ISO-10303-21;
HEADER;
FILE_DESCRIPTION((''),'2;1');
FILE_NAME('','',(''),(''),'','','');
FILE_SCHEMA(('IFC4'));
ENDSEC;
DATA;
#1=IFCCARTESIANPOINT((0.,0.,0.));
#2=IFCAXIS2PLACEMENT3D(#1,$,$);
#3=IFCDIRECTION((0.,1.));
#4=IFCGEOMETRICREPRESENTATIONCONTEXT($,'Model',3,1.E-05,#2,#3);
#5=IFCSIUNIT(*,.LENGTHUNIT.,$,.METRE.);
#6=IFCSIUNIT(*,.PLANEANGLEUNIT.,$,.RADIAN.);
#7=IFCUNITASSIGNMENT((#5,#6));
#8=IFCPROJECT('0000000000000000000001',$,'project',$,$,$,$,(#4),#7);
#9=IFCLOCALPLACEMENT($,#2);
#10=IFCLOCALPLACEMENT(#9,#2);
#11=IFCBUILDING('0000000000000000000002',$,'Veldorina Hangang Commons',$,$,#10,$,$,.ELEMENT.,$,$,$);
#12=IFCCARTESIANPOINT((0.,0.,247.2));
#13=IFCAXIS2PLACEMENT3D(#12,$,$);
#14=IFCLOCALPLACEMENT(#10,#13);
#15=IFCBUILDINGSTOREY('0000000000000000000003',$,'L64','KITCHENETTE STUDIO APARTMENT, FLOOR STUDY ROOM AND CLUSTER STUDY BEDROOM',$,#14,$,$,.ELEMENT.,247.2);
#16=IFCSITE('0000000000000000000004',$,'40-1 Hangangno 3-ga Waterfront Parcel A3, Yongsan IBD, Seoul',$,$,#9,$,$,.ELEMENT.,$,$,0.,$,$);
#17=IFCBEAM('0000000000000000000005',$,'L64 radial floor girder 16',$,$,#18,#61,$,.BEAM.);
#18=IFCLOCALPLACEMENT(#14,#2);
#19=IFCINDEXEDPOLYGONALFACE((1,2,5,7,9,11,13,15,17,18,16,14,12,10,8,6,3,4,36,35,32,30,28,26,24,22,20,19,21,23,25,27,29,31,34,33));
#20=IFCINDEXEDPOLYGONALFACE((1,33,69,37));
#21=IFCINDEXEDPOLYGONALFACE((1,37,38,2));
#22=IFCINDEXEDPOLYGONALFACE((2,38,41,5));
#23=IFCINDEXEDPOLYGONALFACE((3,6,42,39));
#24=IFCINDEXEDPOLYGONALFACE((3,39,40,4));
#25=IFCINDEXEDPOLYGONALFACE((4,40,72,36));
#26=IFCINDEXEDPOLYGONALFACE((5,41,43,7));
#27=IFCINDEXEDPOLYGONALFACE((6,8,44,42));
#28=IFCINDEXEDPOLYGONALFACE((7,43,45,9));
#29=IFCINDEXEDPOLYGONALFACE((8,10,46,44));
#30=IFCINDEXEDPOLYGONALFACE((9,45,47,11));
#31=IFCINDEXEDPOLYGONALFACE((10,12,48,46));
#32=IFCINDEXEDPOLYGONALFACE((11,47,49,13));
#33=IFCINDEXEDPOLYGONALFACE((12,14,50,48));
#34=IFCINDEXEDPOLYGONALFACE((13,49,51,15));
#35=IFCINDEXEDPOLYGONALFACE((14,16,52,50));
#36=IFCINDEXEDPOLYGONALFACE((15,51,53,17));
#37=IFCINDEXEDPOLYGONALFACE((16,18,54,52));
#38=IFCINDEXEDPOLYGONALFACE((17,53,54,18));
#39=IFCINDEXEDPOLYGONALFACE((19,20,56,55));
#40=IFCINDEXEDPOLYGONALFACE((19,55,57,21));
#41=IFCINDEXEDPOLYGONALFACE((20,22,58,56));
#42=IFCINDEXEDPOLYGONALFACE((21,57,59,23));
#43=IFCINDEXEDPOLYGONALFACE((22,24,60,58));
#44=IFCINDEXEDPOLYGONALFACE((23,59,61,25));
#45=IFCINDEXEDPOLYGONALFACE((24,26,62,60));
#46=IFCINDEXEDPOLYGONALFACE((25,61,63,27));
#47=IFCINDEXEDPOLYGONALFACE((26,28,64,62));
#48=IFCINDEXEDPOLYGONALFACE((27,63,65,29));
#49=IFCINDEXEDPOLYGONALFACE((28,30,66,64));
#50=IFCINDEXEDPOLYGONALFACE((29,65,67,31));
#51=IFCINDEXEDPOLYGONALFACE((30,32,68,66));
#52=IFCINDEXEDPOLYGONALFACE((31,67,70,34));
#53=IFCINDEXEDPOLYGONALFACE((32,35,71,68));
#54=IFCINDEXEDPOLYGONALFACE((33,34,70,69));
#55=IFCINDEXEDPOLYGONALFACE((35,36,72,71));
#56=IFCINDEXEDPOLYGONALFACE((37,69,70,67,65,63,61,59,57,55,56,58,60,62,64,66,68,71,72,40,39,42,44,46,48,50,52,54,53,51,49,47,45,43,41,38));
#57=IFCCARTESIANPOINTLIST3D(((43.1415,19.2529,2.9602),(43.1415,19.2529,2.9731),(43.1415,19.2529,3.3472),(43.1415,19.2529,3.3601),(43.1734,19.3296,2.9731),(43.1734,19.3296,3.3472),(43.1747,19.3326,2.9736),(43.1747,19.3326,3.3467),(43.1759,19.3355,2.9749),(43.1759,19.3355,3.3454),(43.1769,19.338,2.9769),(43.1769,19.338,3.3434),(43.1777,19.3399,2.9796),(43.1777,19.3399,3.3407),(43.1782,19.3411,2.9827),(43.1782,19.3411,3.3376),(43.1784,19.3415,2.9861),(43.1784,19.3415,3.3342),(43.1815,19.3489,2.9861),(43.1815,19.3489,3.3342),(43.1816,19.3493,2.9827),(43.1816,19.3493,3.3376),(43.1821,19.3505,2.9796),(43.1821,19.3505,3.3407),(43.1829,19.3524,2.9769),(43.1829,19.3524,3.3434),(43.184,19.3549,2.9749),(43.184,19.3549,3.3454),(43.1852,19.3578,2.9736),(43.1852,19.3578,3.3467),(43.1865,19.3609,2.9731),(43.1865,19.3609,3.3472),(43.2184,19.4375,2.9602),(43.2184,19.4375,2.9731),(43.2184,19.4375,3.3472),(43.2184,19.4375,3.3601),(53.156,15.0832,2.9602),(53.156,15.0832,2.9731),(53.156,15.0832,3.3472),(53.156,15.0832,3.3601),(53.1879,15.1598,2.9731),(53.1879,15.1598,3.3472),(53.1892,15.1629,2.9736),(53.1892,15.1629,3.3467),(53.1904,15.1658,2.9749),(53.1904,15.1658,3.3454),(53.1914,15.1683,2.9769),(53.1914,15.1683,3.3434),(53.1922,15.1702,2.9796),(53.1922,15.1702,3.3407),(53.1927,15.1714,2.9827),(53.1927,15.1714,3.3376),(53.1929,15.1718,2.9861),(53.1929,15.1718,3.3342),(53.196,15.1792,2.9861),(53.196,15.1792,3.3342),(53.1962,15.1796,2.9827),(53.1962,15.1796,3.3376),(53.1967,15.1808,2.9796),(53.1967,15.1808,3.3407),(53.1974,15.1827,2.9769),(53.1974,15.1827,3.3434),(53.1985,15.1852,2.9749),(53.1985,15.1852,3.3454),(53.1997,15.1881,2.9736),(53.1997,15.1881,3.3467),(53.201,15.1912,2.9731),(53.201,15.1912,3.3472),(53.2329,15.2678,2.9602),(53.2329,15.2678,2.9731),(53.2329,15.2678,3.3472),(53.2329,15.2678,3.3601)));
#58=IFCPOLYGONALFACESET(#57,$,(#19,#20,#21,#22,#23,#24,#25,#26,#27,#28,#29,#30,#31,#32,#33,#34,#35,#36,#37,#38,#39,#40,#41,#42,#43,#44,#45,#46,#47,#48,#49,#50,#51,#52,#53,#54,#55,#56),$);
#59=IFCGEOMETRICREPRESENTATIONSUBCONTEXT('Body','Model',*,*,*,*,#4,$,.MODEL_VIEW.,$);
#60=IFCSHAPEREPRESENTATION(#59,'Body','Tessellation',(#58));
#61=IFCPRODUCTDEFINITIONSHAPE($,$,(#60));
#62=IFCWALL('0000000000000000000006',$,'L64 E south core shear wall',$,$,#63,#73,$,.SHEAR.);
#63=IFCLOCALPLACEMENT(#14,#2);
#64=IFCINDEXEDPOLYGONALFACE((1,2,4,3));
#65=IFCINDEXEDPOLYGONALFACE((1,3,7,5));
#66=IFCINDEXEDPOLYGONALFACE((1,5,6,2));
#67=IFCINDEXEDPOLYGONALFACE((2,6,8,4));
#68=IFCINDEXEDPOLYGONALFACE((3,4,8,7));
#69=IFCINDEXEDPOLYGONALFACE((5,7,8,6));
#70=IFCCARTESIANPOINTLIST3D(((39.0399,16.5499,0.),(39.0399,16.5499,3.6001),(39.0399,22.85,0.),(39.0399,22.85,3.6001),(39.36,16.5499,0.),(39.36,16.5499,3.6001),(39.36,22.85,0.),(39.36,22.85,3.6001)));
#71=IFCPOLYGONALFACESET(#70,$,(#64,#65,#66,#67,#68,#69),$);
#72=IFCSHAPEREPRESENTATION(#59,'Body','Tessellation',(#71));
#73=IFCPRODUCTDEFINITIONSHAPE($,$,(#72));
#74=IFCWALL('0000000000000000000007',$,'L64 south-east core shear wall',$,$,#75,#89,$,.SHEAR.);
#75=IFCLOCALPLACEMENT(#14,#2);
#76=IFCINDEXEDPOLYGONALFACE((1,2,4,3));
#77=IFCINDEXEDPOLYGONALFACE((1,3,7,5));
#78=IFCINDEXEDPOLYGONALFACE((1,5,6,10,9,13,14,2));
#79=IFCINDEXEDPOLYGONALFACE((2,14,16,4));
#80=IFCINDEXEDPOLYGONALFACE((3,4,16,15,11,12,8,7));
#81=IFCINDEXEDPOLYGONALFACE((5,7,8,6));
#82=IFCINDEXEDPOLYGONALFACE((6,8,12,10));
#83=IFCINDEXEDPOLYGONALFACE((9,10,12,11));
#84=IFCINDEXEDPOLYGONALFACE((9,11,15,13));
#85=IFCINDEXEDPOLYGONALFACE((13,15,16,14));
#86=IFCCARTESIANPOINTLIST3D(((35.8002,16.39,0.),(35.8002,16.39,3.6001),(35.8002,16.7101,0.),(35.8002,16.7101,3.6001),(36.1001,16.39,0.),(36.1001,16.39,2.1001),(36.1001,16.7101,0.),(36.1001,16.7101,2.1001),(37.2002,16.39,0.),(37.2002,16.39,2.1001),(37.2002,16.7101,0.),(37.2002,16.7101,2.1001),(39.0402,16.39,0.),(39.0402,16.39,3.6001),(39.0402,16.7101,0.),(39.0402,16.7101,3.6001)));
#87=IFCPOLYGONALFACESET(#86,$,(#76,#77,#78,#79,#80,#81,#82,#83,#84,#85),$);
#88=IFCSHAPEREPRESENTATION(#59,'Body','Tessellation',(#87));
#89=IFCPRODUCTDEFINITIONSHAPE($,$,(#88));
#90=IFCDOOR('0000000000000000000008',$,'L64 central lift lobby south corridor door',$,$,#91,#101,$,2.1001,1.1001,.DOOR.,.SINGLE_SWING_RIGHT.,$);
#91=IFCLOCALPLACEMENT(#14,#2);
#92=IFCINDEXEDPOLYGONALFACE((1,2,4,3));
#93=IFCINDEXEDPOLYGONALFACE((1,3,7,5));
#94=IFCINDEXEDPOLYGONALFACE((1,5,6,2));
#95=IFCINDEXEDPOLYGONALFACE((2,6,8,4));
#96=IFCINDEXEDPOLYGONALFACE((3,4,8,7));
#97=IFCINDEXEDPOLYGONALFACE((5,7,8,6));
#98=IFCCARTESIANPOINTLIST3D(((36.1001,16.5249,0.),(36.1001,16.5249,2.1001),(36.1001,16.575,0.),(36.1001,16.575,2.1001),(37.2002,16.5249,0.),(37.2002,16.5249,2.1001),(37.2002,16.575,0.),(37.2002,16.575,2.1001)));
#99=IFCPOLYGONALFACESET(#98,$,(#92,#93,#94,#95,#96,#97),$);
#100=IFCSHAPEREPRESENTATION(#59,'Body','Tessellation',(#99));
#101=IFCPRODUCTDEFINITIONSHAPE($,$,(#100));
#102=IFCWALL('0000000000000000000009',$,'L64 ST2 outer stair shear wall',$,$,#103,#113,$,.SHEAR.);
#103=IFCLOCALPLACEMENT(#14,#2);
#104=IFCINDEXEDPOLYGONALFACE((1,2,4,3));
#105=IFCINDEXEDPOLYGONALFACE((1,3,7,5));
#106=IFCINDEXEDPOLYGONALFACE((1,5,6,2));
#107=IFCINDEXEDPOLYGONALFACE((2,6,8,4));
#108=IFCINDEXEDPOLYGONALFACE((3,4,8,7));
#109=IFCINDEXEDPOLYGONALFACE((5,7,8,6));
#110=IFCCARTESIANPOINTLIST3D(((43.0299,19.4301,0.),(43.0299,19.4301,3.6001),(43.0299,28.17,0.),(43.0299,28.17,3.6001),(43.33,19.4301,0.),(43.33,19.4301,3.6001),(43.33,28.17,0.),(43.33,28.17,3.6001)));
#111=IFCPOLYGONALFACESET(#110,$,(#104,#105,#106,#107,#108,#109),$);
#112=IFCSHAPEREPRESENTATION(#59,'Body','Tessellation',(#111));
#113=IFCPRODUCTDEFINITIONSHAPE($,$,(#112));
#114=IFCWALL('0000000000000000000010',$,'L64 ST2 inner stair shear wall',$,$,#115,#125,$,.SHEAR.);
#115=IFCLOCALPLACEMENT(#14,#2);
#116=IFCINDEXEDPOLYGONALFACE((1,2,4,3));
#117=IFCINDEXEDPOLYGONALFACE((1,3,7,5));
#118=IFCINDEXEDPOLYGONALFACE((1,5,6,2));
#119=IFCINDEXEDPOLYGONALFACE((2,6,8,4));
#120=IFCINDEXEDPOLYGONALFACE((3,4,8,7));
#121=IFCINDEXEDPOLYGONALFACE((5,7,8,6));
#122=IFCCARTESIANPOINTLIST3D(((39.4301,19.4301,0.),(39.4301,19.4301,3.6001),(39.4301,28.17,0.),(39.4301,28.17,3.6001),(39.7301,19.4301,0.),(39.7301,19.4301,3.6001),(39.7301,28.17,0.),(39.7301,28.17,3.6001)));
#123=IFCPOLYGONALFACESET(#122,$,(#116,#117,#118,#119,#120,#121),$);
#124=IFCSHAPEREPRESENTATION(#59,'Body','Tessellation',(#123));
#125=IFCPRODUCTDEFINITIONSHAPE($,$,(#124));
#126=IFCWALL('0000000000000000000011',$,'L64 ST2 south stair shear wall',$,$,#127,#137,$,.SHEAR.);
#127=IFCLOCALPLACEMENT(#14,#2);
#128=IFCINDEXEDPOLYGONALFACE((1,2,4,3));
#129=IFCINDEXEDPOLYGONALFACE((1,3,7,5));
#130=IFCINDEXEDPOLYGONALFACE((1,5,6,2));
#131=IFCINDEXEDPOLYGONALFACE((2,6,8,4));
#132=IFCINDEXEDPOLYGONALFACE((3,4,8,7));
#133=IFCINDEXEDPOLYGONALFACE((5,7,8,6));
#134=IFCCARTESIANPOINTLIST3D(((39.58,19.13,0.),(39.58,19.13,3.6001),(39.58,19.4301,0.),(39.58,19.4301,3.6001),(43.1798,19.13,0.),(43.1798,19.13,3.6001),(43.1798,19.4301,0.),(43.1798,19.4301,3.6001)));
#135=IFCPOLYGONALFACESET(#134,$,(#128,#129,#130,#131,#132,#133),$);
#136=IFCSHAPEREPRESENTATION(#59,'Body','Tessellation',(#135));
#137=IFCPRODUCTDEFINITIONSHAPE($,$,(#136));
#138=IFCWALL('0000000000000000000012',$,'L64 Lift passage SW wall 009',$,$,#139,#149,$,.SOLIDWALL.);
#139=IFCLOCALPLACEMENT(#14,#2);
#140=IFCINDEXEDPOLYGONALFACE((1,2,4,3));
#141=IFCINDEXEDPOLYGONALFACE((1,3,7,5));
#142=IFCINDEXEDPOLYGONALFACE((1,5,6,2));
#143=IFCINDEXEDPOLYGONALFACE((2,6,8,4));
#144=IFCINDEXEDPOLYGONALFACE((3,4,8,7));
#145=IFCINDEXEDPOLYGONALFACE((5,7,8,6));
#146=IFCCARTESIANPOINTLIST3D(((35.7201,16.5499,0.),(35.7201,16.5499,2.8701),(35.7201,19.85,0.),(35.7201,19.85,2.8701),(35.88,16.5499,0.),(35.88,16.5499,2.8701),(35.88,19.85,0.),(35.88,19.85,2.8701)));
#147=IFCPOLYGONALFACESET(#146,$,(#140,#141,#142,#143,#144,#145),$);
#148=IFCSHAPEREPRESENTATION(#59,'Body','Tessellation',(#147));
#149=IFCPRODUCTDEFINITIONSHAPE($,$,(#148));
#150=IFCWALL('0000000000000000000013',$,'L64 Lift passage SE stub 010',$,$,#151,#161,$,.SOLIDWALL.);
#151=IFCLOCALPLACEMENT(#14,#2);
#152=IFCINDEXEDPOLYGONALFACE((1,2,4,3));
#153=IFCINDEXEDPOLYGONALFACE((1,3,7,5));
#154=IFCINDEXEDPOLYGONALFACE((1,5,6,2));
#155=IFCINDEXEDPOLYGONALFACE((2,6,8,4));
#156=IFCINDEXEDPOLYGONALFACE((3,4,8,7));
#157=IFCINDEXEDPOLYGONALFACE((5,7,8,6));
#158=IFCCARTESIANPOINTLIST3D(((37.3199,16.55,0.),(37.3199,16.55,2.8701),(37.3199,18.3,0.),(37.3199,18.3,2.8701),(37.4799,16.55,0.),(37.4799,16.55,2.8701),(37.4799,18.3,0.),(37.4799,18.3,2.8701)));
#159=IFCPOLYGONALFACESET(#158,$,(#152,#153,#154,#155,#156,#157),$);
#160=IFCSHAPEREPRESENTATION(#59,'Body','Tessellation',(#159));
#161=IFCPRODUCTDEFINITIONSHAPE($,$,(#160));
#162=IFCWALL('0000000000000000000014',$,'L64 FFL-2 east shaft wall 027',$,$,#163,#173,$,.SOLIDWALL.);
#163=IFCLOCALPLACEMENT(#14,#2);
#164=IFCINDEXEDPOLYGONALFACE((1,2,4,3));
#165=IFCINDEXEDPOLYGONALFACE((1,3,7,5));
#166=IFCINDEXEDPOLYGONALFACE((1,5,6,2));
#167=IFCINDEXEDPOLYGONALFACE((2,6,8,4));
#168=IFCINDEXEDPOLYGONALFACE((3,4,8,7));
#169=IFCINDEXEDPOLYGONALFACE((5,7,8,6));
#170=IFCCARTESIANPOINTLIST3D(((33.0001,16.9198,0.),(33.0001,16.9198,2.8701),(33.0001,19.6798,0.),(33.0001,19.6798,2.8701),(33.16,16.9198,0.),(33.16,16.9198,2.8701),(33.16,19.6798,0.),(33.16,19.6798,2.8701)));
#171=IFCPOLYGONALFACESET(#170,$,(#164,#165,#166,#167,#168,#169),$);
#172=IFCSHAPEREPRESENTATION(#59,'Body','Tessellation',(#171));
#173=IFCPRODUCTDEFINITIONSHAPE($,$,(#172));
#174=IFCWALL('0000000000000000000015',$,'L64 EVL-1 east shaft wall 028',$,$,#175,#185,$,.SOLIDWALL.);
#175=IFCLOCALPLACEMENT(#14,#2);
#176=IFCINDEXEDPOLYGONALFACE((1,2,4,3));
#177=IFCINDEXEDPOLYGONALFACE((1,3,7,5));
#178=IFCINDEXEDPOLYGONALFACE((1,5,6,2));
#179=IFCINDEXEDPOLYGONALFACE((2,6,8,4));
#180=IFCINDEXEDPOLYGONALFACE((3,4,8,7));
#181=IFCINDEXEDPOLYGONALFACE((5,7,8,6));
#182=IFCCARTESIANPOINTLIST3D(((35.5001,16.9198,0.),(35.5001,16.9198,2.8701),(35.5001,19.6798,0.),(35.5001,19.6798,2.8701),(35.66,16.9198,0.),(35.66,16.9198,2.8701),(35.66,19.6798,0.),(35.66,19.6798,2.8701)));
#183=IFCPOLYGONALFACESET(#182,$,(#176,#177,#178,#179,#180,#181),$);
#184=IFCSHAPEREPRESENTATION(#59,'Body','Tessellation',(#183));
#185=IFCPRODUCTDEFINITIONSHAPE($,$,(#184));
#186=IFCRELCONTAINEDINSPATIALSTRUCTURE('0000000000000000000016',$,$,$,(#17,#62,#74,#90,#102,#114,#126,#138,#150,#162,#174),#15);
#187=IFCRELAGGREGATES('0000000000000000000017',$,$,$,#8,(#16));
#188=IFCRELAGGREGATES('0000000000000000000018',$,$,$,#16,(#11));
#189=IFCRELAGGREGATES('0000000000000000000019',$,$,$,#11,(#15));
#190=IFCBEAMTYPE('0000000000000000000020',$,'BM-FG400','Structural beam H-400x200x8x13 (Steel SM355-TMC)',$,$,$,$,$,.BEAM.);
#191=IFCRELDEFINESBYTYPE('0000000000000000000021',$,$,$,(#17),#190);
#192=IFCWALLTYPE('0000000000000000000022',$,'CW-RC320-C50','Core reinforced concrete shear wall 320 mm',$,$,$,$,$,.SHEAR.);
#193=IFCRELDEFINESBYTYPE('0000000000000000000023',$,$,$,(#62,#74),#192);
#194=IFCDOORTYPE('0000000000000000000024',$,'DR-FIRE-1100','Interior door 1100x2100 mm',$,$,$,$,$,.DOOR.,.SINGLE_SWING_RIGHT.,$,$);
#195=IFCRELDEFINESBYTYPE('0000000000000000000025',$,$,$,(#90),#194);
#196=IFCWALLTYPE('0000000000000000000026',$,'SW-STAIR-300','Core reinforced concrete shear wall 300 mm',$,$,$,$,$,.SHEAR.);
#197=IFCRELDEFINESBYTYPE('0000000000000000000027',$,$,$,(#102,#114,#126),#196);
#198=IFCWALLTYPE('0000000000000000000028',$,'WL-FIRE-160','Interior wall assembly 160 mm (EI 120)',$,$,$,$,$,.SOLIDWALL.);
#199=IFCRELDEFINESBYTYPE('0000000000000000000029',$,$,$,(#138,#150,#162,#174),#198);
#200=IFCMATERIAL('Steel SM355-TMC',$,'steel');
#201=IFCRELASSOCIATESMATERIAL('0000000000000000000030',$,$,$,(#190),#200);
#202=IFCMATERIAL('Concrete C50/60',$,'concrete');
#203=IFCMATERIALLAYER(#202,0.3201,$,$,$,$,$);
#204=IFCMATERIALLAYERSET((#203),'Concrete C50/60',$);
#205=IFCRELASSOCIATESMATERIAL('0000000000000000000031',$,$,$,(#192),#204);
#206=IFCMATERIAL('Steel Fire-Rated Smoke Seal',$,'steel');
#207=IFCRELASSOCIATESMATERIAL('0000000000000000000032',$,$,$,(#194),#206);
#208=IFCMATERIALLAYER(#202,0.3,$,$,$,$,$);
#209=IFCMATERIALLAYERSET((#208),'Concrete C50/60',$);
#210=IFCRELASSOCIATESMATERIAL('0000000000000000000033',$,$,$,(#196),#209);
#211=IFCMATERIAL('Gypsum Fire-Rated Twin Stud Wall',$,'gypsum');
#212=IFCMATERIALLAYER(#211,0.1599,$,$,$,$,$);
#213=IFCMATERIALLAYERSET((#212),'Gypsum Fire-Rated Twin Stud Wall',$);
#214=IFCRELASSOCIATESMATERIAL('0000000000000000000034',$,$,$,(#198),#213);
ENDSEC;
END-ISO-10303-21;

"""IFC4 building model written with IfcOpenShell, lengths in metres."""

from ifc_helpers import new_model, si_unit, direction, frame, frame_2d, origin, origin_2d, place, context, subcontext, project, spatial, rectangle, i_section, extrude, material, layer, layer_set, material_profile, profile_set, type_object, element, fill, save


model = new_model("IFC4")

# Units and contexts
model_context = context("Model", 3, precision=1e-05, world=origin(), true_north=direction((0.0, 1.0)))
body_context = subcontext(model_context, "Body", "Model", "MODEL_VIEW")
ifc_project = project(units=[si_unit("LENGTHUNIT", "METRE"), si_unit("PLANEANGLEUNIT", "RADIAN")], contexts=[model_context])

# Site, building, storey
site_placement = place(None, origin())
site = spatial("IfcSite", under=ifc_project, at=site_placement, Name="40-1 Hangangno 3-ga Waterfront Parcel A3, Yongsan IBD, Seoul", CompositionType="ELEMENT", RefElevation=0.0)
building_placement = place(site_placement, origin())
building = spatial("IfcBuilding", under=site, at=building_placement, Name="Veldorina Hangang Commons", CompositionType="ELEMENT")
storey_placement = place(building_placement, frame((0.0, 0.0, 247.2)))
storey = spatial("IfcBuildingStorey", under=building, at=storey_placement, Name="L64", Description="KITCHENETTE STUDIO APARTMENT, FLOOR STUDY ROOM AND CLUSTER STUDY BEDROOM", CompositionType="ELEMENT", Elevation=247.2)

# Beam
ifc_material_1 = material(Name="Concrete C50/60", Category="concrete")
ifc_material_2 = material(Name="Steel SM355-TMC", Category="steel")
ifc_material_profile_1 = material_profile(ifc_material_2, i_section(OverallWidth=0.2, OverallDepth=0.3999, WebThickness=0.0081, FlangeThickness=0.0129, FilletRadius=0.0129, at=origin_2d()), Name="H-400x200x8x13")
ifc_profile_set_1 = profile_set([ifc_material_profile_1], Name="Steel SM355-TMC")
beam_type_1 = type_object("IfcBeamType", Name="BM-FG400", Description="Structural beam H-400x200x8x13 (Steel SM355-TMC)", PredefinedType="BEAM", material=ifc_profile_set_1)
beam_1_placement = place(storey_placement, frame((43.1799, 19.3452, 3.1602), z_axis=(0.923175, -0.38438, 0.0), x_axis=(0.38438, 0.923175, 0.0)))
element("IfcBeam", 1, at=beam_1_placement, inside=storey, type_object=beam_type_1, Name="L64 radial floor girder 16", PredefinedType="BEAM", context=body_context, shape_type="SweptSolid", body=[
    extrude(i_section(OverallWidth=0.2, OverallDepth=0.3999, WebThickness=0.0081, FlangeThickness=0.0129, FilletRadius=0.0129, at=origin_2d()), origin(), (0.0, 0.0, 1.0), 10.8479),
])

# Wall
ifc_layer_1 = layer(ifc_material_1, 0.3201)
ifc_layer_set_1 = layer_set([ifc_layer_1], Name="Concrete C50/60")
wall_type_1 = type_object("IfcWallType", Name="CW-RC320-C50", Description="Core reinforced concrete shear wall 320 mm", PredefinedType="SHEAR", material=ifc_layer_set_1)
wall_1_placement = place(storey_placement, frame((39.2, 16.55, 0.0), z_axis=(0.0, 0.0, 1.0), x_axis=(0.0, 1.0, 0.0)))
element("IfcWall", 2, at=wall_1_placement, inside=storey, type_object=wall_type_1, Name="L64 E south core shear wall", PredefinedType="SHEAR", context=body_context, shape_type="SweptSolid", body=[
    extrude(rectangle(XDim=6.3, YDim=0.3201, at=frame_2d((3.1499, 0.0))), origin(), (0.0, 0.0, 1.0), 3.6001),
])

# Wall, opening, door
wall_2_placement = place(storey_placement, frame((35.8, 16.55, 0.0), z_axis=(0.0, 0.0, 1.0), x_axis=(1.0, 0.0, 0.0)))
wall_2 = element("IfcWall", 3, at=wall_2_placement, inside=storey, type_object=wall_type_1, Name="L64 south-east core shear wall", PredefinedType="SHEAR", context=body_context, shape_type="SweptSolid", body=[
    extrude(rectangle(XDim=3.24, YDim=0.3201, at=frame_2d((1.6201, 0.0))), origin(), (0.0, 0.0, 1.0), 3.6001),
])
opening_1_placement = place(wall_2_placement, frame((0.3, 0.0, 0.0)))
opening_1 = element("IfcOpeningElement", 4, at=opening_1_placement, cuts=wall_2, PredefinedType="OPENING", context=body_context, shape_type="SweptSolid", body=[
    extrude(rectangle(XDim=1.1001, YDim=2.1001, at=frame_2d((0.55, 1.05))), frame((0.0, 0.1699, 0.0), z_axis=(0.0, -1.0, 0.0), x_axis=(1.0, 0.0, 0.0)), (0.0, 0.0, 1.0), 0.3401),
])
ifc_material_3 = material(Name="Steel Fire-Rated Smoke Seal", Category="steel")
door_type_1 = type_object("IfcDoorType", Name="DR-FIRE-1100", Description="Interior door 1100x2100 mm", OperationType="SINGLE_SWING_RIGHT", PredefinedType="DOOR", material=ifc_material_3)
door_1_placement = place(opening_1_placement, origin())
door_1 = element("IfcDoor", 5, at=door_1_placement, inside=storey, type_object=door_type_1, Name="L64 central lift lobby south corridor door", OperationType="SINGLE_SWING_RIGHT", OverallHeight=2.1001, OverallWidth=1.1001, PredefinedType="DOOR", context=body_context, shape_type="SweptSolid", body=[
    extrude(rectangle(XDim=1.1001, YDim=2.1001, at=frame_2d((0.55, 1.05))), frame((0.0, 0.0249, 0.0), z_axis=(0.0, -1.0, 0.0), x_axis=(1.0, 0.0, 0.0)), (0.0, 0.0, 1.0), 0.05),
])
fill(opening_1, door_1)

# Walls
ifc_layer_2 = layer(ifc_material_1, 0.3)
ifc_layer_set_2 = layer_set([ifc_layer_2], Name="Concrete C50/60")
wall_type_2 = type_object("IfcWallType", Name="SW-STAIR-300", Description="Core reinforced concrete shear wall 300 mm", PredefinedType="SHEAR", material=ifc_layer_set_2)
for number, where, z_axis, x_axis, name in (
    (6, (43.1799, 19.4299, 0.0), (0.0, 0.0, 1.0), (0.0, 1.0, 0.0), "L64 ST2 outer stair shear wall"),
    (7, (39.5801, 19.4299, 0.0), (0.0, 0.0, 1.0), (0.0, 1.0, 0.0), "L64 ST2 inner stair shear wall"),
):
    element("IfcWall", number, at=place(storey_placement, frame(where, z_axis=z_axis, x_axis=x_axis)), inside=storey, type_object=wall_type_2, Name=name, PredefinedType="SHEAR", context=body_context, shape_type="SweptSolid", body=[
        extrude(rectangle(XDim=8.74, YDim=0.3, at=frame_2d((4.3701, 0.0))), origin(), (0.0, 0.0, 1.0), 3.6001),
    ])
wall_3_placement = place(storey_placement, frame((39.5801, 19.28, 0.0), z_axis=(0.0, 0.0, 1.0), x_axis=(1.0, 0.0, 0.0)))
element("IfcWall", 8, at=wall_3_placement, inside=storey, type_object=wall_type_2, Name="L64 ST2 south stair shear wall", PredefinedType="SHEAR", context=body_context, shape_type="SweptSolid", body=[
    extrude(rectangle(XDim=3.5999, YDim=0.3, at=frame_2d((1.7998, 0.0))), origin(), (0.0, 0.0, 1.0), 3.6001),
])
ifc_material_4 = material(Name="Gypsum Fire-Rated Twin Stud Wall", Category="gypsum")
ifc_layer_3 = layer(ifc_material_4, 0.1599)
ifc_layer_set_3 = layer_set([ifc_layer_3], Name="Gypsum Fire-Rated Twin Stud Wall")
wall_type_3 = type_object("IfcWallType", Name="WL-FIRE-160", Description="Interior wall assembly 160 mm (EI 120)", PredefinedType="SOLIDWALL", material=ifc_layer_set_3)
wall_4_placement = place(storey_placement, frame((35.8, 16.55, 0.0), z_axis=(0.0, 0.0, 1.0), x_axis=(0.0, 1.0, 0.0)))
element("IfcWall", 9, at=wall_4_placement, inside=storey, type_object=wall_type_3, Name="L64 Lift passage SW wall 009", PredefinedType="SOLIDWALL", context=body_context, shape_type="SweptSolid", body=[
    extrude(rectangle(XDim=3.3, YDim=0.1599, at=frame_2d((1.6499, 0.0))), origin(), (0.0, 0.0, 1.0), 2.8701),
])
wall_5_placement = place(storey_placement, frame((37.3999, 16.55, 0.0), z_axis=(0.0, 0.0, 1.0), x_axis=(0.0, 1.0, 0.0)))
element("IfcWall", 10, at=wall_5_placement, inside=storey, type_object=wall_type_3, Name="L64 Lift passage SE stub 010", PredefinedType="SOLIDWALL", context=body_context, shape_type="SweptSolid", body=[
    extrude(rectangle(XDim=1.75, YDim=0.1599, at=frame_2d((0.875, 0.0))), origin(), (0.0, 0.0, 1.0), 2.8701),
])
for number, where, z_axis, x_axis, name in (
    (11, (33.0801, 16.9199, 0.0), (0.0, 0.0, 1.0), (0.0, 1.0, 0.0), "L64 FFL-2 east shaft wall 027"),
    (12, (35.5801, 16.9199, 0.0), (0.0, 0.0, 1.0), (0.0, 1.0, 0.0), "L64 EVL-1 east shaft wall 028"),
):
    element("IfcWall", number, at=place(storey_placement, frame(where, z_axis=z_axis, x_axis=x_axis)), inside=storey, type_object=wall_type_3, Name=name, PredefinedType="SOLIDWALL", context=body_context, shape_type="SweptSolid", body=[
        extrude(rectangle(XDim=2.76, YDim=0.1599, at=frame_2d((1.3799, 0.0))), origin(), (0.0, 0.0, 1.0), 2.8701),
    ])

save(model, "model.ifc")
